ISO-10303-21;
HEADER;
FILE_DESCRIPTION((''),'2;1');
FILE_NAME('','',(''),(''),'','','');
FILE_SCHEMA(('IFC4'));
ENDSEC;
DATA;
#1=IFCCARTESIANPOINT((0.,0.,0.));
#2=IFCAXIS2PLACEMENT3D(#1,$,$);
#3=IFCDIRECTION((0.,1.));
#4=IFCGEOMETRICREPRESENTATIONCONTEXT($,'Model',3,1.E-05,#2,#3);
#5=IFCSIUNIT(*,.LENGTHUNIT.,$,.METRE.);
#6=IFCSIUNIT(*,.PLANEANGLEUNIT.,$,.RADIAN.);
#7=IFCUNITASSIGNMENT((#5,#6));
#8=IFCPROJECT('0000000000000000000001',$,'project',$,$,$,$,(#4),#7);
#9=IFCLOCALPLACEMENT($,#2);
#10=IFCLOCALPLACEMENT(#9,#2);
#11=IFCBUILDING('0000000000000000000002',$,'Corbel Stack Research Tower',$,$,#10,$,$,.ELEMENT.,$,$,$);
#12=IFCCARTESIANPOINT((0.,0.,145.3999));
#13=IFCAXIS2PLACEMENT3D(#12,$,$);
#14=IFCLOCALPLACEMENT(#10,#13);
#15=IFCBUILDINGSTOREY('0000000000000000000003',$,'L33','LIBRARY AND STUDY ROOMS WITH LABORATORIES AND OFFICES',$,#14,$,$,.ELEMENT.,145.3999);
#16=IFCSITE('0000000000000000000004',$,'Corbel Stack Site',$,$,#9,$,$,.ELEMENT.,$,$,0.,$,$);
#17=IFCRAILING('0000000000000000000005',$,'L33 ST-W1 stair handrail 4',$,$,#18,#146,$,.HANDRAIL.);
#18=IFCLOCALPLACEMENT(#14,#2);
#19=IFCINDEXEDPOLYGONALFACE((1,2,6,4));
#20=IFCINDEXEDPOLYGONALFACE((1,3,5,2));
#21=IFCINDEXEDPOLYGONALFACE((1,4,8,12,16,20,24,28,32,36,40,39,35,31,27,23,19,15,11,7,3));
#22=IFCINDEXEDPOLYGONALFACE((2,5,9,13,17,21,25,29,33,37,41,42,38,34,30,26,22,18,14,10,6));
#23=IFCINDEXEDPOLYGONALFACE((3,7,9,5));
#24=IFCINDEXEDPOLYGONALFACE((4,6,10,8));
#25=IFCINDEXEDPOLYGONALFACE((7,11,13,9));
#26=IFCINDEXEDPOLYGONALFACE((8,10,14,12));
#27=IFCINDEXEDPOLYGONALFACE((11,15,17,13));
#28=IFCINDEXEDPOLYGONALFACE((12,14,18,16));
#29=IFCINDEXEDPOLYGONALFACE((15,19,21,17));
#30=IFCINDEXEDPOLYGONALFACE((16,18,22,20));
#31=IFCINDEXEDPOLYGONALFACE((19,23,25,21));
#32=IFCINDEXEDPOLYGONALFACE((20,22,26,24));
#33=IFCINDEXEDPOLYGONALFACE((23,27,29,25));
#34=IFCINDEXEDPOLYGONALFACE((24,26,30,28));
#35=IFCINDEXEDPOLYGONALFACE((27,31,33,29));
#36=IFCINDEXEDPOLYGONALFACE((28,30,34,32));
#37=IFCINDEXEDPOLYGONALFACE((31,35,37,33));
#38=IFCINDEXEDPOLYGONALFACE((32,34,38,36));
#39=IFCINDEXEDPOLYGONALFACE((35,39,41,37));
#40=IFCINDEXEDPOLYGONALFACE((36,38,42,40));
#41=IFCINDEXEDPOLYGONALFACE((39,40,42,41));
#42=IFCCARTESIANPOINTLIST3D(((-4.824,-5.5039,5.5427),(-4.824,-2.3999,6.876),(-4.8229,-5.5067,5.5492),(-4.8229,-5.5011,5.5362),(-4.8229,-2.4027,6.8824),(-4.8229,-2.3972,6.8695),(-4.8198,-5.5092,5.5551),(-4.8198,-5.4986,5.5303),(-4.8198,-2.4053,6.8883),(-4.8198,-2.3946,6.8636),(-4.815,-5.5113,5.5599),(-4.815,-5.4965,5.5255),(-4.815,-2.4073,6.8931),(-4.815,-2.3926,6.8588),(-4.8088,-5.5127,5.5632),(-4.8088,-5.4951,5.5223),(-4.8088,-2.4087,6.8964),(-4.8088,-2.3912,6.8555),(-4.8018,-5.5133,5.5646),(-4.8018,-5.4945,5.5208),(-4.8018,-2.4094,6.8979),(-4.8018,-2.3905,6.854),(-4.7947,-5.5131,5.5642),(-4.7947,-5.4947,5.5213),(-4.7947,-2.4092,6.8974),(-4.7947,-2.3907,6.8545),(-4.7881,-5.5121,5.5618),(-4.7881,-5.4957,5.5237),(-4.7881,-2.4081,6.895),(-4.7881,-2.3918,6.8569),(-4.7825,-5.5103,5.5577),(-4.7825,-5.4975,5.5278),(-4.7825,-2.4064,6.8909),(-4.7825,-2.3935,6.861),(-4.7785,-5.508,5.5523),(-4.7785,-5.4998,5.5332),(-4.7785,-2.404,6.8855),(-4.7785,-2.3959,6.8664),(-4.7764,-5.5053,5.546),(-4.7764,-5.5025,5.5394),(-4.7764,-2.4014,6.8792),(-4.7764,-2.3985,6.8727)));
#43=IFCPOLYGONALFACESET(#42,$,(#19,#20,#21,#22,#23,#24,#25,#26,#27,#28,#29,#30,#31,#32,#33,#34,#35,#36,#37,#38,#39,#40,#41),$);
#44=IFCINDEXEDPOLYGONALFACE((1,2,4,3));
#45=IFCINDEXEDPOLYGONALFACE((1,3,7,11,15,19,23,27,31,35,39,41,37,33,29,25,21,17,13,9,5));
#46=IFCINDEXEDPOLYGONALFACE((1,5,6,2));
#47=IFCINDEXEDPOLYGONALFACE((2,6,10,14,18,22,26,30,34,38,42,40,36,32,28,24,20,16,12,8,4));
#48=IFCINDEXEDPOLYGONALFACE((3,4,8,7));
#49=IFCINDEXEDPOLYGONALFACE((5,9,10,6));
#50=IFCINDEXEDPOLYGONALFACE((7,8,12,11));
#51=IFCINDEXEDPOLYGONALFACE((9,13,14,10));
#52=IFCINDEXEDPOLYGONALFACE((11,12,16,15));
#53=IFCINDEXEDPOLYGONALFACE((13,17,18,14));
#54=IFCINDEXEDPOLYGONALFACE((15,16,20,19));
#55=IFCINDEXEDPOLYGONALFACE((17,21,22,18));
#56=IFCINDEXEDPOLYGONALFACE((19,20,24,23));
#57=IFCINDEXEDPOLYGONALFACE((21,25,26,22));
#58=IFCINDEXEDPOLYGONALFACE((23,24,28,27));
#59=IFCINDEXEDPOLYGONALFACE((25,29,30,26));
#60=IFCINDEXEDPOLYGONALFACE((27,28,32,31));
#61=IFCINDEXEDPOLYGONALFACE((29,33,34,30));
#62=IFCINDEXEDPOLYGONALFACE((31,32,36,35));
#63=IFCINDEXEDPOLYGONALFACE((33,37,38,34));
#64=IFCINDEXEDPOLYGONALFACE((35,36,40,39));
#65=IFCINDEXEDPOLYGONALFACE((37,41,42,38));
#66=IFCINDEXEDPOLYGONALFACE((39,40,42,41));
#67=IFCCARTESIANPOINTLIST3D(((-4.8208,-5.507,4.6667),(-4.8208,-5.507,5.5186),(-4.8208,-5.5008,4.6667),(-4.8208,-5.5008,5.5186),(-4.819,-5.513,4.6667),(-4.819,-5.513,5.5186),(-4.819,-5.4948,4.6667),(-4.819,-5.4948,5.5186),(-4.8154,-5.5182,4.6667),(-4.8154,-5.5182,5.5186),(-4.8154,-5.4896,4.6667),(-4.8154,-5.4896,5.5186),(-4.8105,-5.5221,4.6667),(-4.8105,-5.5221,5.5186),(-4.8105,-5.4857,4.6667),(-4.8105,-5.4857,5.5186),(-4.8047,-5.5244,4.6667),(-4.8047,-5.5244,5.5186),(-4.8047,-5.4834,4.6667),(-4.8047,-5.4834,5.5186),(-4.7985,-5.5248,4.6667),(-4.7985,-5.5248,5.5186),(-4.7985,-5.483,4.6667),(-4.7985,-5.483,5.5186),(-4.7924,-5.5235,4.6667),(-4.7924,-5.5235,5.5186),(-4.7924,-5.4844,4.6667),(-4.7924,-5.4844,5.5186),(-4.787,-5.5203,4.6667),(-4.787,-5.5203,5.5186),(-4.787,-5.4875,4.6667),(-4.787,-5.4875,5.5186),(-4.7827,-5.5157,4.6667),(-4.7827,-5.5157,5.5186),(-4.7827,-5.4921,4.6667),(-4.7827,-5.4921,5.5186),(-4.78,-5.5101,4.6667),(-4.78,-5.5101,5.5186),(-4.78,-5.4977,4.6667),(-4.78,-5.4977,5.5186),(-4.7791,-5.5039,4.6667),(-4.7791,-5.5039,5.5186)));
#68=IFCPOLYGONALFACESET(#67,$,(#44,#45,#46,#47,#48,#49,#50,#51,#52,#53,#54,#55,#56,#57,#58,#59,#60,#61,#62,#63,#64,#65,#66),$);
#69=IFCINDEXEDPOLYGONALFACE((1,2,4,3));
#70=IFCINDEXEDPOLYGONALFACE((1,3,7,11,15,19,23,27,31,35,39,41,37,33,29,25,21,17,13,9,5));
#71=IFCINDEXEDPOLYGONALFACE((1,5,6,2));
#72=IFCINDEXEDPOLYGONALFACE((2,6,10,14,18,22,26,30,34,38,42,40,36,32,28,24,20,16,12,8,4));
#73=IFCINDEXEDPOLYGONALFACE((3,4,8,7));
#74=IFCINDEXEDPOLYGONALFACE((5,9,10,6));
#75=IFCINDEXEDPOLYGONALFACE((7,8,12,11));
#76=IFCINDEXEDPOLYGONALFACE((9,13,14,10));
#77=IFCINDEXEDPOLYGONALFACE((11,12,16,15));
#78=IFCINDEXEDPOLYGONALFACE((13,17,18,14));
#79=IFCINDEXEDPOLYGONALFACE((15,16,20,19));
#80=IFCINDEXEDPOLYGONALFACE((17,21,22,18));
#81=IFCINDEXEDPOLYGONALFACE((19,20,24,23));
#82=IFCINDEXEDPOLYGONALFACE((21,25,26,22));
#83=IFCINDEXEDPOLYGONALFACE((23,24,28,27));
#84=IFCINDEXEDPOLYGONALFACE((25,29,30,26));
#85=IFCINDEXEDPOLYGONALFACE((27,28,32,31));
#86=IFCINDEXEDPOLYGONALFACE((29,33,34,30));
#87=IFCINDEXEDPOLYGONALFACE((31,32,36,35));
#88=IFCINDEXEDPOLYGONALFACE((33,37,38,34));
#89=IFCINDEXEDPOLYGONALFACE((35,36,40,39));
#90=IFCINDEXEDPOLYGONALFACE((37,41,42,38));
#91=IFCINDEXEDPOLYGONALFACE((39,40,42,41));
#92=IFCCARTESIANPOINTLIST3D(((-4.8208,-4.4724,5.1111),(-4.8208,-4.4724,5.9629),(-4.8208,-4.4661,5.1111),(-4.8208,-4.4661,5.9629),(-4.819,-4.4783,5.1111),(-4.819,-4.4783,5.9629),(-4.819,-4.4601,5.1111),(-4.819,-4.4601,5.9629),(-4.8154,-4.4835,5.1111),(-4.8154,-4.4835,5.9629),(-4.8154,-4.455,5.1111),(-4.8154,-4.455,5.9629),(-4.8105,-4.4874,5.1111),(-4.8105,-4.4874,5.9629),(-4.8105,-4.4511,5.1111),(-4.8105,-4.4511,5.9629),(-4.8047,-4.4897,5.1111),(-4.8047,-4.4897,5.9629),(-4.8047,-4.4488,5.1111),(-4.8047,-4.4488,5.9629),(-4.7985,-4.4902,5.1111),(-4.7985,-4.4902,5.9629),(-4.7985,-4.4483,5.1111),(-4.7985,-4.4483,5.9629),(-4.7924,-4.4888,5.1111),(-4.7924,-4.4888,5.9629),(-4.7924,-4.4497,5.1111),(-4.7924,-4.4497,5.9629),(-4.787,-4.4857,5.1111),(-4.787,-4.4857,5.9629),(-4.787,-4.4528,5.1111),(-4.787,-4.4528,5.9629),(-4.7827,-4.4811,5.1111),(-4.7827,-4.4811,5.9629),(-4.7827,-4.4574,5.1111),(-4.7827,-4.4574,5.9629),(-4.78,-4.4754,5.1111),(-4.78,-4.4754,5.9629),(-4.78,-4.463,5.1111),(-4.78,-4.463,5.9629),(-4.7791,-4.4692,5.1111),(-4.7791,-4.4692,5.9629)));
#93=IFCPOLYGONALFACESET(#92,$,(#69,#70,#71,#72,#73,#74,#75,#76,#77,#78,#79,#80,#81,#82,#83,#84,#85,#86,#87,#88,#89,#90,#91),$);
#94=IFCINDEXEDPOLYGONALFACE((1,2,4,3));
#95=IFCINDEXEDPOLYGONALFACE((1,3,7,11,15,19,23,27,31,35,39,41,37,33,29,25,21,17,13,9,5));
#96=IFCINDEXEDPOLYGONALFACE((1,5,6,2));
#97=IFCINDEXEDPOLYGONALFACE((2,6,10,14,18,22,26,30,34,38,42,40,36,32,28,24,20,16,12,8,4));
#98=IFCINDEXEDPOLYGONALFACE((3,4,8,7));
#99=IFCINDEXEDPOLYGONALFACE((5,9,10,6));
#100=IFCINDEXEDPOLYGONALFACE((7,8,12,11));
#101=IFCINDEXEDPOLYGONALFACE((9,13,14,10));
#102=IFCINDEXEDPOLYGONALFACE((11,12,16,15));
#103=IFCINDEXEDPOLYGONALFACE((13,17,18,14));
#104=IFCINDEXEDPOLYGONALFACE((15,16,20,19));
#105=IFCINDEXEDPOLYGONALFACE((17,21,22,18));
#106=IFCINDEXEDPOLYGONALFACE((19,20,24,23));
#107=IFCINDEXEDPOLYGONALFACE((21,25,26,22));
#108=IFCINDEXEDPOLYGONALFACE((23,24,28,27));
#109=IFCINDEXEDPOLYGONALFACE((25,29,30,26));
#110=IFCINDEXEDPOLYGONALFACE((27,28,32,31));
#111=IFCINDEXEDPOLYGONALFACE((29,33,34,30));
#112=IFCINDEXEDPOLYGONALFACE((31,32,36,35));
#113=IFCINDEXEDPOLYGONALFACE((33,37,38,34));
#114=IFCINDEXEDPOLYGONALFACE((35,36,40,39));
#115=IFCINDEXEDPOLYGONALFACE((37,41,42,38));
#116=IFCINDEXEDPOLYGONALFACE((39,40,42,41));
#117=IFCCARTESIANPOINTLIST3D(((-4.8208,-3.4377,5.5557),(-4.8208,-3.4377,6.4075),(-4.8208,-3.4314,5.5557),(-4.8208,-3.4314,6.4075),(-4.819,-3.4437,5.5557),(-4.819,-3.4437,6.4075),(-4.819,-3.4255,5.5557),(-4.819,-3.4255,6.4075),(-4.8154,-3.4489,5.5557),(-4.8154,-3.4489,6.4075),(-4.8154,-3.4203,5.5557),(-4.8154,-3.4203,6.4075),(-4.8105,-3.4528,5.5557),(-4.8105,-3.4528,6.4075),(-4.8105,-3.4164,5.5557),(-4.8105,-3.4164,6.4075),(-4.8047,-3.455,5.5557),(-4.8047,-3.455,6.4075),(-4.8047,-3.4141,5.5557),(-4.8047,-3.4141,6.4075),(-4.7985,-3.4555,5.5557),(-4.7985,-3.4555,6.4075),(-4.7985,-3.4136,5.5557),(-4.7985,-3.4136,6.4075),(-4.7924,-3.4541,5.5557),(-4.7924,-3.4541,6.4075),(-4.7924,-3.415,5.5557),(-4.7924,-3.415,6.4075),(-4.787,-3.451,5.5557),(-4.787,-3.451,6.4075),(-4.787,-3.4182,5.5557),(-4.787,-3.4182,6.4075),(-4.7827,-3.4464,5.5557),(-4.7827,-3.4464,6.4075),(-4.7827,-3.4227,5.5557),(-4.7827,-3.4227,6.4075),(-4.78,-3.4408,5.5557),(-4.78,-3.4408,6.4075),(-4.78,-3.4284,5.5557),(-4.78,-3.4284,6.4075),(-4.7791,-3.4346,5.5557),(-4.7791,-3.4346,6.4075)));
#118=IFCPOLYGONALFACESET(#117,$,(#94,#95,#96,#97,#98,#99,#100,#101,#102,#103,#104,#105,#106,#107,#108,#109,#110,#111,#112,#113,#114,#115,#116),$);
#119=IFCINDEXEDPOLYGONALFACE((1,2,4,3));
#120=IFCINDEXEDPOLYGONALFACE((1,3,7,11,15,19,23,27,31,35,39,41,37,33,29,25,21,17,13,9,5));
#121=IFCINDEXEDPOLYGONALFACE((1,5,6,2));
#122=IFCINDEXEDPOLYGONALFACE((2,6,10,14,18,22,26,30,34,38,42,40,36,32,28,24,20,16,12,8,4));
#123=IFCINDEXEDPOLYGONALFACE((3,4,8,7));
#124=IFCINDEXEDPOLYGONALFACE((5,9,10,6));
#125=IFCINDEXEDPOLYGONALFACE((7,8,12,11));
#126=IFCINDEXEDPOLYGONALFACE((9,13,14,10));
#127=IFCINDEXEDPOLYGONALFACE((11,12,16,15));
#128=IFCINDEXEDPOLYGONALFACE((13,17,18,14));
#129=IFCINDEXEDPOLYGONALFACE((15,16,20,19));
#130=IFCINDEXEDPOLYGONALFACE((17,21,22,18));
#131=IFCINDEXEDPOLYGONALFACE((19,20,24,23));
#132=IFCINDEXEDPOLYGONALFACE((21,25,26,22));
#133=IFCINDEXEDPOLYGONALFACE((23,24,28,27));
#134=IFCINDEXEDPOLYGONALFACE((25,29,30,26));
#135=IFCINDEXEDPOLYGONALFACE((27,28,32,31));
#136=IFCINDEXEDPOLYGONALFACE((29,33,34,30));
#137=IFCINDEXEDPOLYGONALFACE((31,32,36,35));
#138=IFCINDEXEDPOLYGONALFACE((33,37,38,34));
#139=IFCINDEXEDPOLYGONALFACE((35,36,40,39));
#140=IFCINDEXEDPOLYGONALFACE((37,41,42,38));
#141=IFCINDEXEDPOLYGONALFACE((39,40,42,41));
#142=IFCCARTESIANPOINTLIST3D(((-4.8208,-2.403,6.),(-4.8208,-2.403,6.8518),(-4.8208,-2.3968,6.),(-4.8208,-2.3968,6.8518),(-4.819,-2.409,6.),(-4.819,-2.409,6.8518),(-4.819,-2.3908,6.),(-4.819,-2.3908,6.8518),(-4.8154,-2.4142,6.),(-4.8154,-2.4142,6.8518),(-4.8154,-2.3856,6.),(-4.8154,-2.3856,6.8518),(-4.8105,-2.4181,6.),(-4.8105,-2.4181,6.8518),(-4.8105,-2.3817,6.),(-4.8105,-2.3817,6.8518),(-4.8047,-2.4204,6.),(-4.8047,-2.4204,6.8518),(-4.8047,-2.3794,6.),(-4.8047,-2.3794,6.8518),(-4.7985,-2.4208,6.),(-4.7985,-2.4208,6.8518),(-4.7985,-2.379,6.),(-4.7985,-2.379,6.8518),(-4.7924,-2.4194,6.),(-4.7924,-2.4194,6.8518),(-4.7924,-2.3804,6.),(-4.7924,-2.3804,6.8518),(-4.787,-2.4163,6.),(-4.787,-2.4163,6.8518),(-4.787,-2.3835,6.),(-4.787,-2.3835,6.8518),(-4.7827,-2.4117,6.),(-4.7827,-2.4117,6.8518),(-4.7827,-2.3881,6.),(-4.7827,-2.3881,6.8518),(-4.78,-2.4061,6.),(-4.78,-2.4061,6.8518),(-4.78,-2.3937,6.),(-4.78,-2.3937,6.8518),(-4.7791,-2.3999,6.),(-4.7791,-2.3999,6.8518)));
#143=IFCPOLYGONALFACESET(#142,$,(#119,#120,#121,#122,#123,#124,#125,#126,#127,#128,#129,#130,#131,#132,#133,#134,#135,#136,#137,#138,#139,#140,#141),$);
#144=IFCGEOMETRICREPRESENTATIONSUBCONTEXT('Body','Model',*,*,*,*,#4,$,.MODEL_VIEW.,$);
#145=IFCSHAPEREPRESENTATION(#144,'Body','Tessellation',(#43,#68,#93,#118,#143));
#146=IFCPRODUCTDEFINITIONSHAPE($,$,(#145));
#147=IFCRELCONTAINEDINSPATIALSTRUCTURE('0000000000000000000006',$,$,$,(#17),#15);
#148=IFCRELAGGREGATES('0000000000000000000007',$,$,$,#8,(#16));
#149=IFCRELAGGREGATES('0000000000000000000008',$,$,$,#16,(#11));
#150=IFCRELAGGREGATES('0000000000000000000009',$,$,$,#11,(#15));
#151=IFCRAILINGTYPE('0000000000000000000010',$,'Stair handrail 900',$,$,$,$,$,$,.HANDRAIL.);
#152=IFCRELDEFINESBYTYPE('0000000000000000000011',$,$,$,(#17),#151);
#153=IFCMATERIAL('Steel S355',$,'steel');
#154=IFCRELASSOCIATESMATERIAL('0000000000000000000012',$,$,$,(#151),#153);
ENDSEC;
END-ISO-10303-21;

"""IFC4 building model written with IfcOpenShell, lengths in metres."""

from ifc_helpers import new_model, si_unit, direction, frame, origin, origin_2d, place, context, subcontext, project, spatial, circle, extrude, material, type_object, element, save


model = new_model("IFC4")

# Units and contexts
model_context = context("Model", 3, precision=1e-05, world=origin(), true_north=direction((0.0, 1.0)))
body_context = subcontext(model_context, "Body", "Model", "MODEL_VIEW")
ifc_project = project(units=[si_unit("LENGTHUNIT", "METRE"), si_unit("PLANEANGLEUNIT", "RADIAN")], contexts=[model_context])

# Site, building, storey
site_placement = place(None, origin())
site = spatial("IfcSite", under=ifc_project, at=site_placement, Name="Corbel Stack Site", CompositionType="ELEMENT", RefElevation=0.0)
building_placement = place(site_placement, origin())
building = spatial("IfcBuilding", under=site, at=building_placement, Name="Corbel Stack Research Tower", CompositionType="ELEMENT")
storey_placement = place(building_placement, frame((0.0, 0.0, 145.3999)))
storey = spatial("IfcBuildingStorey", under=building, at=storey_placement, Name="L33", Description="LIBRARY AND STUDY ROOMS WITH LABORATORIES AND OFFICES", CompositionType="ELEMENT", Elevation=145.3999)

# Railing
ifc_material_1 = material(Name="Steel S355", Category="steel")
railing_type_1 = type_object("IfcRailingType", Name="Stair handrail 900", PredefinedType="HANDRAIL", material=ifc_material_1)
railing_1_placement = place(storey_placement, frame((-4.8, -5.5039, 4.6667)))
element("IfcRailing", 1, at=railing_1_placement, inside=storey, type_object=railing_type_1, Name="L33 ST-W1 stair handrail 4", PredefinedType="HANDRAIL", context=body_context, shape_type="SweptSolid", body=[
    extrude(circle(Radius=0.0239, at=origin_2d()), frame((0.0, 0.0, 0.876), z_axis=(0.0, 0.918827, 0.394661), x_axis=(-1.0, 0.0, 0.0)), (0.0, 0.0, 1.0), 3.3782),
    extrude(circle(Radius=0.021, at=origin_2d()), origin(), (0.0, 0.0, 1.0), 0.8518),
    extrude(circle(Radius=0.021, at=origin_2d()), frame((0.0, 1.0347, 0.4443)), (0.0, 0.0, 1.0), 0.8518),
    extrude(circle(Radius=0.021, at=origin_2d()), frame((0.0, 2.0693, 0.8889)), (0.0, 0.0, 1.0), 0.8518),
    extrude(circle(Radius=0.021, at=origin_2d()), frame((0.0, 3.104, 1.3333)), (0.0, 0.0, 1.0), 0.8518),
])

save(model, "model.ifc")
